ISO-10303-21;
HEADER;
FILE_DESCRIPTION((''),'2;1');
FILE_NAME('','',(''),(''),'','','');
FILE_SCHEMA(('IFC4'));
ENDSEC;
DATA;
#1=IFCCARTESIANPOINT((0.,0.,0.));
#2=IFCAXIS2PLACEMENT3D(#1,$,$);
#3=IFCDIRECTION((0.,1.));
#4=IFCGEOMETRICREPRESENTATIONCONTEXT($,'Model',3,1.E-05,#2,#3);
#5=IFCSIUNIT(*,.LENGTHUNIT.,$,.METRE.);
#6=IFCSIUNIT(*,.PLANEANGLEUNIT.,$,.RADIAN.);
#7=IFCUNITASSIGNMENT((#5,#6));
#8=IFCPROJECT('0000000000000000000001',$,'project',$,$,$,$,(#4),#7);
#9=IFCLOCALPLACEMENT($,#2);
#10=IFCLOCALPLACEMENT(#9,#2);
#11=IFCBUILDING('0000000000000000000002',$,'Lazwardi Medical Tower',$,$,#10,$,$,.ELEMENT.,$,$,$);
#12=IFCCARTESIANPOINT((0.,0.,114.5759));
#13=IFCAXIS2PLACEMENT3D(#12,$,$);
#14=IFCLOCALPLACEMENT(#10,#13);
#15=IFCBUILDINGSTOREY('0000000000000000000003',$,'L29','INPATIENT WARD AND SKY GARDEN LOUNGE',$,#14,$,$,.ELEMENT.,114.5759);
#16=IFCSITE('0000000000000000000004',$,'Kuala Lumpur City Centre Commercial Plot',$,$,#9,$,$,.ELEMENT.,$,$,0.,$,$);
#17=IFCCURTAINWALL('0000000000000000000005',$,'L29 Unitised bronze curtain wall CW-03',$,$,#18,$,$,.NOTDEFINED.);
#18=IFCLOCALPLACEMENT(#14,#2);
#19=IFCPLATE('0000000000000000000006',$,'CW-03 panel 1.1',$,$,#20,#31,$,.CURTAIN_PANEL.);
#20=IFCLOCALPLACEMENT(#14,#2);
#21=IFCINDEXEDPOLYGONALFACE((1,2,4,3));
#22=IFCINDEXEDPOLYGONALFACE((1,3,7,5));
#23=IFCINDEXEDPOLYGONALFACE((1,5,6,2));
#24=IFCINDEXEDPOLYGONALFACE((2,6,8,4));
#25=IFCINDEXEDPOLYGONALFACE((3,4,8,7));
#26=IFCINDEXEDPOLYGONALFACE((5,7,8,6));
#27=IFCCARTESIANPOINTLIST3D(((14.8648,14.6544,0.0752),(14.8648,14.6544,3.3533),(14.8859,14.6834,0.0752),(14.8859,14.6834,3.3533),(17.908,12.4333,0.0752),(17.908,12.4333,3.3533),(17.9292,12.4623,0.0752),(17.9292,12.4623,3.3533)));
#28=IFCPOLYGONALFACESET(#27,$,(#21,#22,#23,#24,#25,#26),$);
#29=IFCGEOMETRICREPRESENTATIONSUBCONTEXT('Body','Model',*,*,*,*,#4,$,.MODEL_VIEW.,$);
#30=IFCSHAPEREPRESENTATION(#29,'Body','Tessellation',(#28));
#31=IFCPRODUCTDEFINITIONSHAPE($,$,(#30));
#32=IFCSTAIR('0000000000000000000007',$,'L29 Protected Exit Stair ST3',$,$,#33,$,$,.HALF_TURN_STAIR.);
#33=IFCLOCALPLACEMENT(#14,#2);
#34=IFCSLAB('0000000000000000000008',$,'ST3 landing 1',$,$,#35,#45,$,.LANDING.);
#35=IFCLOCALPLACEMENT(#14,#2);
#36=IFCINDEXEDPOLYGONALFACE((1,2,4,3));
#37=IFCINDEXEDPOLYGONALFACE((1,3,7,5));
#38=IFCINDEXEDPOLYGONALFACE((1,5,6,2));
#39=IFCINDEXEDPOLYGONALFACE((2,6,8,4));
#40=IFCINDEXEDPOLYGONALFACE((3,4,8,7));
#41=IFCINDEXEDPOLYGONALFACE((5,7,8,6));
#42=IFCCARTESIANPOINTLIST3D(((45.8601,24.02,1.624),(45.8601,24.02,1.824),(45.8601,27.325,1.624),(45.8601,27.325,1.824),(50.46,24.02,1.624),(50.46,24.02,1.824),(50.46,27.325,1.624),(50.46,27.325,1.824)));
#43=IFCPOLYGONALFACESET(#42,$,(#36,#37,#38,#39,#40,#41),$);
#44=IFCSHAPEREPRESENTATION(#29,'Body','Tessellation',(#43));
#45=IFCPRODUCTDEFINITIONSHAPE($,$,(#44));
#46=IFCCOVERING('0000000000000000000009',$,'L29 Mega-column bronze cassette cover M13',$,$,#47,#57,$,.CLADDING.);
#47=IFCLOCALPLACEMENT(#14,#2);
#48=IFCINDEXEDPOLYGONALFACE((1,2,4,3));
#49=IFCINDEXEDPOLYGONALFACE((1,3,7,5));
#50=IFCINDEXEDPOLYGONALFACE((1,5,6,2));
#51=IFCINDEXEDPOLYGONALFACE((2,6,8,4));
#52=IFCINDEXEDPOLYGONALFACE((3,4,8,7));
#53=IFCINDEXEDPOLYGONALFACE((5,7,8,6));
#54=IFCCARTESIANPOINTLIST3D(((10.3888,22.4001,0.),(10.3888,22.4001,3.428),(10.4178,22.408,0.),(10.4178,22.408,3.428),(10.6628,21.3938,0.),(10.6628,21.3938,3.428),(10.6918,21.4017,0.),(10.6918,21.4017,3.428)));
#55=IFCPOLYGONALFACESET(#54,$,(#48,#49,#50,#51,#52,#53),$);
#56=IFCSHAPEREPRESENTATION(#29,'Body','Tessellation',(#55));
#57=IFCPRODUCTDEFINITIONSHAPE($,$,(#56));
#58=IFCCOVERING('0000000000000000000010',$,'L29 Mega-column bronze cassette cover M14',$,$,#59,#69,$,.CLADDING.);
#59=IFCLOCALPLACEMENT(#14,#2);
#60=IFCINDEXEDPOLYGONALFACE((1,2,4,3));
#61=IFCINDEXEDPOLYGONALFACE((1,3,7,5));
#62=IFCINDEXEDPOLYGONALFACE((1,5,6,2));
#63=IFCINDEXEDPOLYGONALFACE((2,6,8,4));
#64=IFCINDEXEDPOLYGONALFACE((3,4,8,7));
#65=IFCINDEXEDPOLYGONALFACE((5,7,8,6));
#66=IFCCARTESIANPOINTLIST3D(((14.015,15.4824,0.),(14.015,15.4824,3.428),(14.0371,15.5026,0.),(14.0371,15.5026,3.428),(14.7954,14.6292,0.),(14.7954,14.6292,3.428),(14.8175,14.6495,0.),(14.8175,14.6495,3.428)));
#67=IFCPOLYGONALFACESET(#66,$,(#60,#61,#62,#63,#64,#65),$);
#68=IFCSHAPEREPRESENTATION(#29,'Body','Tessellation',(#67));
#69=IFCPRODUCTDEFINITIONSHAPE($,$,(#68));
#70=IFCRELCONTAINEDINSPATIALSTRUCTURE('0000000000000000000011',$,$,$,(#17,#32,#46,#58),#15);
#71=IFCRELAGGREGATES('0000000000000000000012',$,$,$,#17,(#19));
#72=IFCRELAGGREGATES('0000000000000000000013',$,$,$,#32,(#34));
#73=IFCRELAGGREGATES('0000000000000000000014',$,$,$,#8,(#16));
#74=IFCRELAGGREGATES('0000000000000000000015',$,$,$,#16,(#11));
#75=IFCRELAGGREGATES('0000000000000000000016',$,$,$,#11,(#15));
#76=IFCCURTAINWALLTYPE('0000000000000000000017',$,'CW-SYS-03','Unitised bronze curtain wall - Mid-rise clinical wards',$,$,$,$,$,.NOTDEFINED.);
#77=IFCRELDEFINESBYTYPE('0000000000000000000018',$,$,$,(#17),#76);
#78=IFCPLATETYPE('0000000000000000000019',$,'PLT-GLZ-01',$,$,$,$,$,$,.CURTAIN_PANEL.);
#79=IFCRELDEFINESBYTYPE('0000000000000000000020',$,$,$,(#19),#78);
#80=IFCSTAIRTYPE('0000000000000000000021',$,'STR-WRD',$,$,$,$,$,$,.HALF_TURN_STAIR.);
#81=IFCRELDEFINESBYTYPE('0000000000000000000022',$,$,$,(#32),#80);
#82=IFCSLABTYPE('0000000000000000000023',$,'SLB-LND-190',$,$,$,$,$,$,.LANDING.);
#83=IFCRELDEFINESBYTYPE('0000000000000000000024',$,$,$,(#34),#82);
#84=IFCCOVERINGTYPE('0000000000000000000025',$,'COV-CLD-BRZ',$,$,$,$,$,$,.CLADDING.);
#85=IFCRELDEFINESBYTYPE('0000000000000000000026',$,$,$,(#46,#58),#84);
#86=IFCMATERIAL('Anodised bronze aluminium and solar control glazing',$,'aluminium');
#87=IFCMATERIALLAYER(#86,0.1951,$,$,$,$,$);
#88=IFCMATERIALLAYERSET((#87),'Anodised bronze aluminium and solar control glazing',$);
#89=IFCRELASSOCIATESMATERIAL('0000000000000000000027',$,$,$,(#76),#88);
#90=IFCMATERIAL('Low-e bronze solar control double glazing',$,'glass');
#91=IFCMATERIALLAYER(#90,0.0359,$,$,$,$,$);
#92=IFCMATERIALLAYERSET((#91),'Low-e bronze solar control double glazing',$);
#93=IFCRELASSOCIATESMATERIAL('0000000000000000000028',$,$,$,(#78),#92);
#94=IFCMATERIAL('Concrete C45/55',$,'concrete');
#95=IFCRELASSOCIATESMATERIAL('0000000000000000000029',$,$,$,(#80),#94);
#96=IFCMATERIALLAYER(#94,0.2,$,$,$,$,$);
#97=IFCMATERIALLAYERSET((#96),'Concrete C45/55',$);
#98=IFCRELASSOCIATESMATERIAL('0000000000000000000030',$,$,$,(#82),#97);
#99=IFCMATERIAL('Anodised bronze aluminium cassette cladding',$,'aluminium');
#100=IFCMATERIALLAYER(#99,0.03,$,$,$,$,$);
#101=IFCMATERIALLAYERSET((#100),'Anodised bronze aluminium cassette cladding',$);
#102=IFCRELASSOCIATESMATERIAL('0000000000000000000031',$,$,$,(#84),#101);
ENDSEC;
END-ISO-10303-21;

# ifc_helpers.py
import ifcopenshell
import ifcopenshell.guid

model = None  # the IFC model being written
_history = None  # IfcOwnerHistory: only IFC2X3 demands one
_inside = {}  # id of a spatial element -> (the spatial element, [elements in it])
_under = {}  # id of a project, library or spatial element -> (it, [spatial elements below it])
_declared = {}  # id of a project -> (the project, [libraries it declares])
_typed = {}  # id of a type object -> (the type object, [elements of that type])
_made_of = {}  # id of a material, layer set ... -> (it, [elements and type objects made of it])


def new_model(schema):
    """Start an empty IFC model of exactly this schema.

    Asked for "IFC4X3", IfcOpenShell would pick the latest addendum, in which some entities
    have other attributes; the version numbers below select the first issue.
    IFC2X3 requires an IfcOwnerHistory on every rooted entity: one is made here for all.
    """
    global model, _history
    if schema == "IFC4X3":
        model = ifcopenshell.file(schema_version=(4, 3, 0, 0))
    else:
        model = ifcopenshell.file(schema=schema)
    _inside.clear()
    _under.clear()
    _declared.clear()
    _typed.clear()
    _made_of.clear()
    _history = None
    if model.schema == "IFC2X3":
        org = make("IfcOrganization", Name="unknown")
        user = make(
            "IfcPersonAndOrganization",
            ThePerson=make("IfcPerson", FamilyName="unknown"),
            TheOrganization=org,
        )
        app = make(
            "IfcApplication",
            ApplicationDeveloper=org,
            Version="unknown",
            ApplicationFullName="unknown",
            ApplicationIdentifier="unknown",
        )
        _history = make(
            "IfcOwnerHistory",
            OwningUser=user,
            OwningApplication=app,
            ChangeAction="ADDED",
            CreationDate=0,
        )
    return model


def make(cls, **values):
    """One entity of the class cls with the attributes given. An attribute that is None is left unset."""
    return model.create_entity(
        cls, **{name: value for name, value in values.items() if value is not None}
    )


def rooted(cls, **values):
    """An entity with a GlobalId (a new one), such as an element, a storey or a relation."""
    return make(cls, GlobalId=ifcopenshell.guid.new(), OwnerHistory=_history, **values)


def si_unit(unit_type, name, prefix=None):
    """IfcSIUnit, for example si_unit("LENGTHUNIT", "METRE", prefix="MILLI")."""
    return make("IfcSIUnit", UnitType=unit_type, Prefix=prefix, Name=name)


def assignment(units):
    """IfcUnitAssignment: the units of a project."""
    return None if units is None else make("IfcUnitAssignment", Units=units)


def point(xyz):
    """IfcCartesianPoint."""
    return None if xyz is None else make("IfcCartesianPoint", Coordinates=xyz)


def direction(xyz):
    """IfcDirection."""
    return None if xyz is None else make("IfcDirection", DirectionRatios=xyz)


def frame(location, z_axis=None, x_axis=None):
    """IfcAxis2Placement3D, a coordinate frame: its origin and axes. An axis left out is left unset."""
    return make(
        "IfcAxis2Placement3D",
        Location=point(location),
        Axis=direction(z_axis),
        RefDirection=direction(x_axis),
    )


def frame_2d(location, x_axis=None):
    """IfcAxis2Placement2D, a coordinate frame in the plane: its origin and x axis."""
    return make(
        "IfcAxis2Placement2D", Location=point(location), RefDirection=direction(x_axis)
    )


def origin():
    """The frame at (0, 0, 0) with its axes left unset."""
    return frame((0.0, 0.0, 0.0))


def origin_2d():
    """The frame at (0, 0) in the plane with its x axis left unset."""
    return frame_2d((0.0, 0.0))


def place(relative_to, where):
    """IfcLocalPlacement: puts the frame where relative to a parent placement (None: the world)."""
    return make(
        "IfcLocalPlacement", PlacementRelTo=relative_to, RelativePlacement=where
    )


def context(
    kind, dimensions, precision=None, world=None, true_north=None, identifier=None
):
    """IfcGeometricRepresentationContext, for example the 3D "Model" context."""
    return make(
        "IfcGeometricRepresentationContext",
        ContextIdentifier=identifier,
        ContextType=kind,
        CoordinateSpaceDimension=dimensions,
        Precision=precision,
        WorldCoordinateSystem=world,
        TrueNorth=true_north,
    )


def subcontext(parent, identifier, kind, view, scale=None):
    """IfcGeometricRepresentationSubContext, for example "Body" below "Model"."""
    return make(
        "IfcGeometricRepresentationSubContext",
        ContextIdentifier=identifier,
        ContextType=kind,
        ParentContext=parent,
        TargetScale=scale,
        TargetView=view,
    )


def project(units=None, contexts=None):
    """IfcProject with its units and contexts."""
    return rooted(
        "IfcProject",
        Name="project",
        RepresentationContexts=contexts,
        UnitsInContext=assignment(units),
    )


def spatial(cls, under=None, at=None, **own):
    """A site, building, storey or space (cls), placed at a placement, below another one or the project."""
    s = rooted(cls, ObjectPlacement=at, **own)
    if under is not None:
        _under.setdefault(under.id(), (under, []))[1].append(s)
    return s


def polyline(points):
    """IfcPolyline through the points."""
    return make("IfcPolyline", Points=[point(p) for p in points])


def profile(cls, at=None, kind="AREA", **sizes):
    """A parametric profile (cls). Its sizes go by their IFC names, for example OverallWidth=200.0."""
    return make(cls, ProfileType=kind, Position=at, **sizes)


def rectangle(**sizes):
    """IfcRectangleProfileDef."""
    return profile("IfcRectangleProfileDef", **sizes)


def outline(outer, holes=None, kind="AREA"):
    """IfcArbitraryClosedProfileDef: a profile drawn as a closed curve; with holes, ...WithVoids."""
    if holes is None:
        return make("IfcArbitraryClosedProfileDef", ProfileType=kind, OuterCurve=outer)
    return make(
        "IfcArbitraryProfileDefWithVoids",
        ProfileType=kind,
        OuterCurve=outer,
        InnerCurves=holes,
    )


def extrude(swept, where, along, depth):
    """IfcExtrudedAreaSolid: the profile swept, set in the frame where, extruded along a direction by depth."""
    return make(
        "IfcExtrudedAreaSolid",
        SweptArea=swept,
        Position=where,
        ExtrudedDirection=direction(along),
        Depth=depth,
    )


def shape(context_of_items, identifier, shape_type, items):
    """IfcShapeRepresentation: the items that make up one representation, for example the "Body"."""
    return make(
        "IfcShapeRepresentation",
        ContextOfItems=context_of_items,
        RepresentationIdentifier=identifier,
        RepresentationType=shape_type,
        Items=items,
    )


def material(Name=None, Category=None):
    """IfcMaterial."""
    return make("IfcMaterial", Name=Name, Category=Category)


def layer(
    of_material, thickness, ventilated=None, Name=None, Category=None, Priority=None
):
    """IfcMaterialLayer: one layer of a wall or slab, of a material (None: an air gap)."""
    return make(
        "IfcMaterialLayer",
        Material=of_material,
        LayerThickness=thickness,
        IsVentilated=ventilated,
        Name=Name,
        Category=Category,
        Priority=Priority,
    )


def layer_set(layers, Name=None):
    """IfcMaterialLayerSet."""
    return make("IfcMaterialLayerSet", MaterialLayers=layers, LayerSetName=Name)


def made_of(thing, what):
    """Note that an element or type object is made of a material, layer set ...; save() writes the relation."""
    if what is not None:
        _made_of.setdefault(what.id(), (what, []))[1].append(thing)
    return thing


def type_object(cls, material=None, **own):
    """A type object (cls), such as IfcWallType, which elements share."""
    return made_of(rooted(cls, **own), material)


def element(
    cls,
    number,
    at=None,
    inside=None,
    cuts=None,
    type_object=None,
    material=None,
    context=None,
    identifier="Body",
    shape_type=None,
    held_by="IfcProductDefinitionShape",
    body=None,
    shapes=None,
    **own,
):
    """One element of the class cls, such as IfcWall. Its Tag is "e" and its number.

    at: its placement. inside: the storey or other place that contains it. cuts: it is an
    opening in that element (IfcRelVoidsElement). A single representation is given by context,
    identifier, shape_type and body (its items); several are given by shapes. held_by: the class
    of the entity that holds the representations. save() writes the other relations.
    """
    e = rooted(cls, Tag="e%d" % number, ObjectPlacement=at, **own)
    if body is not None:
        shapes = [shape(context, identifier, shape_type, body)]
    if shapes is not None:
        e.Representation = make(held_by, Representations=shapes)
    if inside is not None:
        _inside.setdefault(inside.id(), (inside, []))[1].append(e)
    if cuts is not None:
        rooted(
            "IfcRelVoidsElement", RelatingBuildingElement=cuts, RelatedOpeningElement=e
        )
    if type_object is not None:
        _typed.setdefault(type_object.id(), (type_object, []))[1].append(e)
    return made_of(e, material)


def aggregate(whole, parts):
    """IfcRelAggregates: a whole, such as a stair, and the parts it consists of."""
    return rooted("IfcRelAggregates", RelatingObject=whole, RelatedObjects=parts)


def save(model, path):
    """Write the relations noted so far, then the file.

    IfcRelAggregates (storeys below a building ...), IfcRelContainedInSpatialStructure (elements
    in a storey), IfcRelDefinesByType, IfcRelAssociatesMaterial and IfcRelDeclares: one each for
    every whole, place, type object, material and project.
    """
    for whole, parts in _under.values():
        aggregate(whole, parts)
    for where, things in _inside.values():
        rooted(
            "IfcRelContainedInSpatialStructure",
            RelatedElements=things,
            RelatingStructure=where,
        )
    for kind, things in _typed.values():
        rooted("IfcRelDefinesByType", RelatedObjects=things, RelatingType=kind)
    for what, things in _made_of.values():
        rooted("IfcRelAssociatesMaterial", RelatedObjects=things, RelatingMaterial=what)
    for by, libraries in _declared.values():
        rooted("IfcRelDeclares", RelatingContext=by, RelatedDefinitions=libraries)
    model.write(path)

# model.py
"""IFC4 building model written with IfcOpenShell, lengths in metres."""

from ifc_helpers import new_model, si_unit, direction, frame, origin, origin_2d, place, context, subcontext, project, spatial, polyline, rectangle, outline, extrude, material, layer, layer_set, type_object, element, aggregate, save


model = new_model("IFC4")

# Units and contexts
model_context = context("Model", 3, precision=1e-05, world=origin(), true_north=direction((0.0, 1.0)))
body_context = subcontext(model_context, "Body", "Model", "MODEL_VIEW")
ifc_project = project(units=[si_unit("LENGTHUNIT", "METRE"), si_unit("PLANEANGLEUNIT", "RADIAN")], contexts=[model_context])

# Site, building, storey
site_placement = place(None, origin())
site = spatial("IfcSite", under=ifc_project, at=site_placement, Name="Kuala Lumpur City Centre Commercial Plot", CompositionType="ELEMENT", RefElevation=0.0)
building_placement = place(site_placement, origin())
building = spatial("IfcBuilding", under=site, at=building_placement, Name="Lazwardi Medical Tower", CompositionType="ELEMENT")
storey_placement = place(building_placement, frame((0.0, 0.0, 114.5759)))
storey = spatial("IfcBuildingStorey", under=building, at=storey_placement, Name="L29", Description="INPATIENT WARD AND SKY GARDEN LOUNGE", CompositionType="ELEMENT", Elevation=114.5759)

# Shared definitions
ifc_material_1 = material(Name="Anodised bronze aluminium and solar control glazing", Category="aluminium")
ifc_layer_1 = layer(ifc_material_1, 0.1951)
ifc_layer_set_1 = layer_set([ifc_layer_1], Name="Anodised bronze aluminium and solar control glazing")
curtain_wall_type = type_object("IfcCurtainWallType", Name="CW-SYS-03", Description="Unitised bronze curtain wall - Mid-rise clinical wards", PredefinedType="NOTDEFINED", material=ifc_layer_set_1)

# Curtain wall
curtain_wall_1_placement = place(storey_placement, origin())
curtain_wall_1 = element("IfcCurtainWall", 1, at=curtain_wall_1_placement, inside=storey, type_object=curtain_wall_type, Name="L29 Unitised bronze curtain wall CW-03", PredefinedType="NOTDEFINED")

# Plate
ifc_material_2 = material(Name="Low-e bronze solar control double glazing", Category="glass")
ifc_layer_2 = layer(ifc_material_2, 0.0359)
ifc_layer_set_2 = layer_set([ifc_layer_2], Name="Low-e bronze solar control double glazing")
plate_type = type_object("IfcPlateType", Name="PLT-GLZ-01", PredefinedType="CURTAIN_PANEL", material=ifc_layer_set_2)
plate_1_placement = place(storey_placement, frame((16.397, 13.5583, 0.0752), z_axis=(0.0, 0.0, 1.0), x_axis=(0.807746, -0.589531, 0.0)))
plate_1 = element("IfcPlate", 2, at=plate_1_placement, type_object=plate_type, Name="CW-03 panel 1.1", PredefinedType="CURTAIN_PANEL", context=body_context, shape_type="SweptSolid", body=[
    extrude(rectangle(XDim=3.7676, YDim=0.0359, at=origin_2d()), origin(), (0.0, 0.0, 1.0), 3.2781),
])
aggregate(curtain_wall_1, [plate_1])

# Stair, slab
ifc_material_3 = material(Name="Concrete C45/55", Category="concrete")
stair_type = type_object("IfcStairType", Name="STR-WRD", PredefinedType="HALF_TURN_STAIR", material=ifc_material_3)
stair_placement = place(storey_placement, origin())
stair = element("IfcStair", 3, at=stair_placement, inside=storey, type_object=stair_type, Name="L29 Protected Exit Stair ST3", PredefinedType="HALF_TURN_STAIR")
ifc_layer_3 = layer(ifc_material_3, 0.2)
ifc_layer_set_3 = layer_set([ifc_layer_3], Name="Concrete C45/55")
slab_type = type_object("IfcSlabType", Name="SLB-LND-190", PredefinedType="LANDING", material=ifc_layer_set_3)
slab_placement = place(storey_placement, frame((0.0, 0.0, 1.624)))
slab = element("IfcSlab", 4, at=slab_placement, type_object=slab_type, Name="ST3 landing 1", PredefinedType="LANDING", context=body_context, shape_type="SweptSolid", body=[
    extrude(outline(polyline([(45.8601, 27.325), (45.8601, 24.02), (50.46, 24.02), (50.46, 27.325), (45.8601, 27.325)])), origin(), (0.0, 0.0, 1.0), 0.2),
])
aggregate(stair, [slab])

# Coverings
ifc_material_4 = material(Name="Anodised bronze aluminium cassette cladding", Category="aluminium")
ifc_layer_4 = layer(ifc_material_4, 0.03)
ifc_layer_set_4 = layer_set([ifc_layer_4], Name="Anodised bronze aluminium cassette cladding")
covering_type = type_object("IfcCoveringType", Name="COV-CLD-BRZ", PredefinedType="CLADDING", material=ifc_layer_set_4)
covering_1_placement = place(storey_placement, frame((10.5403, 21.9009, 0.0), z_axis=(0.0, 0.0, 1.0), x_axis=(0.262696, -0.964879, 0.0)))
element("IfcCovering", 5, at=covering_1_placement, inside=storey, type_object=covering_type, Name="L29 Mega-column bronze cassette cover M13", PredefinedType="CLADDING", context=body_context, shape_type="SweptSolid", body=[
    extrude(rectangle(XDim=1.043, YDim=0.03, at=origin_2d()), origin(), (0.0, 0.0, 1.0), 3.428),
])
covering_2_placement = place(storey_placement, frame((14.4163, 15.0659, 0.0), z_axis=(0.0, 0.0, 1.0), x_axis=(0.674926, -0.737885, 0.0)))
element("IfcCovering", 6, at=covering_2_placement, inside=storey, type_object=covering_type, Name="L29 Mega-column bronze cassette cover M14", PredefinedType="CLADDING", context=body_context, shape_type="SweptSolid", body=[
    extrude(rectangle(XDim=1.1562, YDim=0.03, at=origin_2d()), origin(), (0.0, 0.0, 1.0), 3.428),
])

save(model, "model.ifc")
